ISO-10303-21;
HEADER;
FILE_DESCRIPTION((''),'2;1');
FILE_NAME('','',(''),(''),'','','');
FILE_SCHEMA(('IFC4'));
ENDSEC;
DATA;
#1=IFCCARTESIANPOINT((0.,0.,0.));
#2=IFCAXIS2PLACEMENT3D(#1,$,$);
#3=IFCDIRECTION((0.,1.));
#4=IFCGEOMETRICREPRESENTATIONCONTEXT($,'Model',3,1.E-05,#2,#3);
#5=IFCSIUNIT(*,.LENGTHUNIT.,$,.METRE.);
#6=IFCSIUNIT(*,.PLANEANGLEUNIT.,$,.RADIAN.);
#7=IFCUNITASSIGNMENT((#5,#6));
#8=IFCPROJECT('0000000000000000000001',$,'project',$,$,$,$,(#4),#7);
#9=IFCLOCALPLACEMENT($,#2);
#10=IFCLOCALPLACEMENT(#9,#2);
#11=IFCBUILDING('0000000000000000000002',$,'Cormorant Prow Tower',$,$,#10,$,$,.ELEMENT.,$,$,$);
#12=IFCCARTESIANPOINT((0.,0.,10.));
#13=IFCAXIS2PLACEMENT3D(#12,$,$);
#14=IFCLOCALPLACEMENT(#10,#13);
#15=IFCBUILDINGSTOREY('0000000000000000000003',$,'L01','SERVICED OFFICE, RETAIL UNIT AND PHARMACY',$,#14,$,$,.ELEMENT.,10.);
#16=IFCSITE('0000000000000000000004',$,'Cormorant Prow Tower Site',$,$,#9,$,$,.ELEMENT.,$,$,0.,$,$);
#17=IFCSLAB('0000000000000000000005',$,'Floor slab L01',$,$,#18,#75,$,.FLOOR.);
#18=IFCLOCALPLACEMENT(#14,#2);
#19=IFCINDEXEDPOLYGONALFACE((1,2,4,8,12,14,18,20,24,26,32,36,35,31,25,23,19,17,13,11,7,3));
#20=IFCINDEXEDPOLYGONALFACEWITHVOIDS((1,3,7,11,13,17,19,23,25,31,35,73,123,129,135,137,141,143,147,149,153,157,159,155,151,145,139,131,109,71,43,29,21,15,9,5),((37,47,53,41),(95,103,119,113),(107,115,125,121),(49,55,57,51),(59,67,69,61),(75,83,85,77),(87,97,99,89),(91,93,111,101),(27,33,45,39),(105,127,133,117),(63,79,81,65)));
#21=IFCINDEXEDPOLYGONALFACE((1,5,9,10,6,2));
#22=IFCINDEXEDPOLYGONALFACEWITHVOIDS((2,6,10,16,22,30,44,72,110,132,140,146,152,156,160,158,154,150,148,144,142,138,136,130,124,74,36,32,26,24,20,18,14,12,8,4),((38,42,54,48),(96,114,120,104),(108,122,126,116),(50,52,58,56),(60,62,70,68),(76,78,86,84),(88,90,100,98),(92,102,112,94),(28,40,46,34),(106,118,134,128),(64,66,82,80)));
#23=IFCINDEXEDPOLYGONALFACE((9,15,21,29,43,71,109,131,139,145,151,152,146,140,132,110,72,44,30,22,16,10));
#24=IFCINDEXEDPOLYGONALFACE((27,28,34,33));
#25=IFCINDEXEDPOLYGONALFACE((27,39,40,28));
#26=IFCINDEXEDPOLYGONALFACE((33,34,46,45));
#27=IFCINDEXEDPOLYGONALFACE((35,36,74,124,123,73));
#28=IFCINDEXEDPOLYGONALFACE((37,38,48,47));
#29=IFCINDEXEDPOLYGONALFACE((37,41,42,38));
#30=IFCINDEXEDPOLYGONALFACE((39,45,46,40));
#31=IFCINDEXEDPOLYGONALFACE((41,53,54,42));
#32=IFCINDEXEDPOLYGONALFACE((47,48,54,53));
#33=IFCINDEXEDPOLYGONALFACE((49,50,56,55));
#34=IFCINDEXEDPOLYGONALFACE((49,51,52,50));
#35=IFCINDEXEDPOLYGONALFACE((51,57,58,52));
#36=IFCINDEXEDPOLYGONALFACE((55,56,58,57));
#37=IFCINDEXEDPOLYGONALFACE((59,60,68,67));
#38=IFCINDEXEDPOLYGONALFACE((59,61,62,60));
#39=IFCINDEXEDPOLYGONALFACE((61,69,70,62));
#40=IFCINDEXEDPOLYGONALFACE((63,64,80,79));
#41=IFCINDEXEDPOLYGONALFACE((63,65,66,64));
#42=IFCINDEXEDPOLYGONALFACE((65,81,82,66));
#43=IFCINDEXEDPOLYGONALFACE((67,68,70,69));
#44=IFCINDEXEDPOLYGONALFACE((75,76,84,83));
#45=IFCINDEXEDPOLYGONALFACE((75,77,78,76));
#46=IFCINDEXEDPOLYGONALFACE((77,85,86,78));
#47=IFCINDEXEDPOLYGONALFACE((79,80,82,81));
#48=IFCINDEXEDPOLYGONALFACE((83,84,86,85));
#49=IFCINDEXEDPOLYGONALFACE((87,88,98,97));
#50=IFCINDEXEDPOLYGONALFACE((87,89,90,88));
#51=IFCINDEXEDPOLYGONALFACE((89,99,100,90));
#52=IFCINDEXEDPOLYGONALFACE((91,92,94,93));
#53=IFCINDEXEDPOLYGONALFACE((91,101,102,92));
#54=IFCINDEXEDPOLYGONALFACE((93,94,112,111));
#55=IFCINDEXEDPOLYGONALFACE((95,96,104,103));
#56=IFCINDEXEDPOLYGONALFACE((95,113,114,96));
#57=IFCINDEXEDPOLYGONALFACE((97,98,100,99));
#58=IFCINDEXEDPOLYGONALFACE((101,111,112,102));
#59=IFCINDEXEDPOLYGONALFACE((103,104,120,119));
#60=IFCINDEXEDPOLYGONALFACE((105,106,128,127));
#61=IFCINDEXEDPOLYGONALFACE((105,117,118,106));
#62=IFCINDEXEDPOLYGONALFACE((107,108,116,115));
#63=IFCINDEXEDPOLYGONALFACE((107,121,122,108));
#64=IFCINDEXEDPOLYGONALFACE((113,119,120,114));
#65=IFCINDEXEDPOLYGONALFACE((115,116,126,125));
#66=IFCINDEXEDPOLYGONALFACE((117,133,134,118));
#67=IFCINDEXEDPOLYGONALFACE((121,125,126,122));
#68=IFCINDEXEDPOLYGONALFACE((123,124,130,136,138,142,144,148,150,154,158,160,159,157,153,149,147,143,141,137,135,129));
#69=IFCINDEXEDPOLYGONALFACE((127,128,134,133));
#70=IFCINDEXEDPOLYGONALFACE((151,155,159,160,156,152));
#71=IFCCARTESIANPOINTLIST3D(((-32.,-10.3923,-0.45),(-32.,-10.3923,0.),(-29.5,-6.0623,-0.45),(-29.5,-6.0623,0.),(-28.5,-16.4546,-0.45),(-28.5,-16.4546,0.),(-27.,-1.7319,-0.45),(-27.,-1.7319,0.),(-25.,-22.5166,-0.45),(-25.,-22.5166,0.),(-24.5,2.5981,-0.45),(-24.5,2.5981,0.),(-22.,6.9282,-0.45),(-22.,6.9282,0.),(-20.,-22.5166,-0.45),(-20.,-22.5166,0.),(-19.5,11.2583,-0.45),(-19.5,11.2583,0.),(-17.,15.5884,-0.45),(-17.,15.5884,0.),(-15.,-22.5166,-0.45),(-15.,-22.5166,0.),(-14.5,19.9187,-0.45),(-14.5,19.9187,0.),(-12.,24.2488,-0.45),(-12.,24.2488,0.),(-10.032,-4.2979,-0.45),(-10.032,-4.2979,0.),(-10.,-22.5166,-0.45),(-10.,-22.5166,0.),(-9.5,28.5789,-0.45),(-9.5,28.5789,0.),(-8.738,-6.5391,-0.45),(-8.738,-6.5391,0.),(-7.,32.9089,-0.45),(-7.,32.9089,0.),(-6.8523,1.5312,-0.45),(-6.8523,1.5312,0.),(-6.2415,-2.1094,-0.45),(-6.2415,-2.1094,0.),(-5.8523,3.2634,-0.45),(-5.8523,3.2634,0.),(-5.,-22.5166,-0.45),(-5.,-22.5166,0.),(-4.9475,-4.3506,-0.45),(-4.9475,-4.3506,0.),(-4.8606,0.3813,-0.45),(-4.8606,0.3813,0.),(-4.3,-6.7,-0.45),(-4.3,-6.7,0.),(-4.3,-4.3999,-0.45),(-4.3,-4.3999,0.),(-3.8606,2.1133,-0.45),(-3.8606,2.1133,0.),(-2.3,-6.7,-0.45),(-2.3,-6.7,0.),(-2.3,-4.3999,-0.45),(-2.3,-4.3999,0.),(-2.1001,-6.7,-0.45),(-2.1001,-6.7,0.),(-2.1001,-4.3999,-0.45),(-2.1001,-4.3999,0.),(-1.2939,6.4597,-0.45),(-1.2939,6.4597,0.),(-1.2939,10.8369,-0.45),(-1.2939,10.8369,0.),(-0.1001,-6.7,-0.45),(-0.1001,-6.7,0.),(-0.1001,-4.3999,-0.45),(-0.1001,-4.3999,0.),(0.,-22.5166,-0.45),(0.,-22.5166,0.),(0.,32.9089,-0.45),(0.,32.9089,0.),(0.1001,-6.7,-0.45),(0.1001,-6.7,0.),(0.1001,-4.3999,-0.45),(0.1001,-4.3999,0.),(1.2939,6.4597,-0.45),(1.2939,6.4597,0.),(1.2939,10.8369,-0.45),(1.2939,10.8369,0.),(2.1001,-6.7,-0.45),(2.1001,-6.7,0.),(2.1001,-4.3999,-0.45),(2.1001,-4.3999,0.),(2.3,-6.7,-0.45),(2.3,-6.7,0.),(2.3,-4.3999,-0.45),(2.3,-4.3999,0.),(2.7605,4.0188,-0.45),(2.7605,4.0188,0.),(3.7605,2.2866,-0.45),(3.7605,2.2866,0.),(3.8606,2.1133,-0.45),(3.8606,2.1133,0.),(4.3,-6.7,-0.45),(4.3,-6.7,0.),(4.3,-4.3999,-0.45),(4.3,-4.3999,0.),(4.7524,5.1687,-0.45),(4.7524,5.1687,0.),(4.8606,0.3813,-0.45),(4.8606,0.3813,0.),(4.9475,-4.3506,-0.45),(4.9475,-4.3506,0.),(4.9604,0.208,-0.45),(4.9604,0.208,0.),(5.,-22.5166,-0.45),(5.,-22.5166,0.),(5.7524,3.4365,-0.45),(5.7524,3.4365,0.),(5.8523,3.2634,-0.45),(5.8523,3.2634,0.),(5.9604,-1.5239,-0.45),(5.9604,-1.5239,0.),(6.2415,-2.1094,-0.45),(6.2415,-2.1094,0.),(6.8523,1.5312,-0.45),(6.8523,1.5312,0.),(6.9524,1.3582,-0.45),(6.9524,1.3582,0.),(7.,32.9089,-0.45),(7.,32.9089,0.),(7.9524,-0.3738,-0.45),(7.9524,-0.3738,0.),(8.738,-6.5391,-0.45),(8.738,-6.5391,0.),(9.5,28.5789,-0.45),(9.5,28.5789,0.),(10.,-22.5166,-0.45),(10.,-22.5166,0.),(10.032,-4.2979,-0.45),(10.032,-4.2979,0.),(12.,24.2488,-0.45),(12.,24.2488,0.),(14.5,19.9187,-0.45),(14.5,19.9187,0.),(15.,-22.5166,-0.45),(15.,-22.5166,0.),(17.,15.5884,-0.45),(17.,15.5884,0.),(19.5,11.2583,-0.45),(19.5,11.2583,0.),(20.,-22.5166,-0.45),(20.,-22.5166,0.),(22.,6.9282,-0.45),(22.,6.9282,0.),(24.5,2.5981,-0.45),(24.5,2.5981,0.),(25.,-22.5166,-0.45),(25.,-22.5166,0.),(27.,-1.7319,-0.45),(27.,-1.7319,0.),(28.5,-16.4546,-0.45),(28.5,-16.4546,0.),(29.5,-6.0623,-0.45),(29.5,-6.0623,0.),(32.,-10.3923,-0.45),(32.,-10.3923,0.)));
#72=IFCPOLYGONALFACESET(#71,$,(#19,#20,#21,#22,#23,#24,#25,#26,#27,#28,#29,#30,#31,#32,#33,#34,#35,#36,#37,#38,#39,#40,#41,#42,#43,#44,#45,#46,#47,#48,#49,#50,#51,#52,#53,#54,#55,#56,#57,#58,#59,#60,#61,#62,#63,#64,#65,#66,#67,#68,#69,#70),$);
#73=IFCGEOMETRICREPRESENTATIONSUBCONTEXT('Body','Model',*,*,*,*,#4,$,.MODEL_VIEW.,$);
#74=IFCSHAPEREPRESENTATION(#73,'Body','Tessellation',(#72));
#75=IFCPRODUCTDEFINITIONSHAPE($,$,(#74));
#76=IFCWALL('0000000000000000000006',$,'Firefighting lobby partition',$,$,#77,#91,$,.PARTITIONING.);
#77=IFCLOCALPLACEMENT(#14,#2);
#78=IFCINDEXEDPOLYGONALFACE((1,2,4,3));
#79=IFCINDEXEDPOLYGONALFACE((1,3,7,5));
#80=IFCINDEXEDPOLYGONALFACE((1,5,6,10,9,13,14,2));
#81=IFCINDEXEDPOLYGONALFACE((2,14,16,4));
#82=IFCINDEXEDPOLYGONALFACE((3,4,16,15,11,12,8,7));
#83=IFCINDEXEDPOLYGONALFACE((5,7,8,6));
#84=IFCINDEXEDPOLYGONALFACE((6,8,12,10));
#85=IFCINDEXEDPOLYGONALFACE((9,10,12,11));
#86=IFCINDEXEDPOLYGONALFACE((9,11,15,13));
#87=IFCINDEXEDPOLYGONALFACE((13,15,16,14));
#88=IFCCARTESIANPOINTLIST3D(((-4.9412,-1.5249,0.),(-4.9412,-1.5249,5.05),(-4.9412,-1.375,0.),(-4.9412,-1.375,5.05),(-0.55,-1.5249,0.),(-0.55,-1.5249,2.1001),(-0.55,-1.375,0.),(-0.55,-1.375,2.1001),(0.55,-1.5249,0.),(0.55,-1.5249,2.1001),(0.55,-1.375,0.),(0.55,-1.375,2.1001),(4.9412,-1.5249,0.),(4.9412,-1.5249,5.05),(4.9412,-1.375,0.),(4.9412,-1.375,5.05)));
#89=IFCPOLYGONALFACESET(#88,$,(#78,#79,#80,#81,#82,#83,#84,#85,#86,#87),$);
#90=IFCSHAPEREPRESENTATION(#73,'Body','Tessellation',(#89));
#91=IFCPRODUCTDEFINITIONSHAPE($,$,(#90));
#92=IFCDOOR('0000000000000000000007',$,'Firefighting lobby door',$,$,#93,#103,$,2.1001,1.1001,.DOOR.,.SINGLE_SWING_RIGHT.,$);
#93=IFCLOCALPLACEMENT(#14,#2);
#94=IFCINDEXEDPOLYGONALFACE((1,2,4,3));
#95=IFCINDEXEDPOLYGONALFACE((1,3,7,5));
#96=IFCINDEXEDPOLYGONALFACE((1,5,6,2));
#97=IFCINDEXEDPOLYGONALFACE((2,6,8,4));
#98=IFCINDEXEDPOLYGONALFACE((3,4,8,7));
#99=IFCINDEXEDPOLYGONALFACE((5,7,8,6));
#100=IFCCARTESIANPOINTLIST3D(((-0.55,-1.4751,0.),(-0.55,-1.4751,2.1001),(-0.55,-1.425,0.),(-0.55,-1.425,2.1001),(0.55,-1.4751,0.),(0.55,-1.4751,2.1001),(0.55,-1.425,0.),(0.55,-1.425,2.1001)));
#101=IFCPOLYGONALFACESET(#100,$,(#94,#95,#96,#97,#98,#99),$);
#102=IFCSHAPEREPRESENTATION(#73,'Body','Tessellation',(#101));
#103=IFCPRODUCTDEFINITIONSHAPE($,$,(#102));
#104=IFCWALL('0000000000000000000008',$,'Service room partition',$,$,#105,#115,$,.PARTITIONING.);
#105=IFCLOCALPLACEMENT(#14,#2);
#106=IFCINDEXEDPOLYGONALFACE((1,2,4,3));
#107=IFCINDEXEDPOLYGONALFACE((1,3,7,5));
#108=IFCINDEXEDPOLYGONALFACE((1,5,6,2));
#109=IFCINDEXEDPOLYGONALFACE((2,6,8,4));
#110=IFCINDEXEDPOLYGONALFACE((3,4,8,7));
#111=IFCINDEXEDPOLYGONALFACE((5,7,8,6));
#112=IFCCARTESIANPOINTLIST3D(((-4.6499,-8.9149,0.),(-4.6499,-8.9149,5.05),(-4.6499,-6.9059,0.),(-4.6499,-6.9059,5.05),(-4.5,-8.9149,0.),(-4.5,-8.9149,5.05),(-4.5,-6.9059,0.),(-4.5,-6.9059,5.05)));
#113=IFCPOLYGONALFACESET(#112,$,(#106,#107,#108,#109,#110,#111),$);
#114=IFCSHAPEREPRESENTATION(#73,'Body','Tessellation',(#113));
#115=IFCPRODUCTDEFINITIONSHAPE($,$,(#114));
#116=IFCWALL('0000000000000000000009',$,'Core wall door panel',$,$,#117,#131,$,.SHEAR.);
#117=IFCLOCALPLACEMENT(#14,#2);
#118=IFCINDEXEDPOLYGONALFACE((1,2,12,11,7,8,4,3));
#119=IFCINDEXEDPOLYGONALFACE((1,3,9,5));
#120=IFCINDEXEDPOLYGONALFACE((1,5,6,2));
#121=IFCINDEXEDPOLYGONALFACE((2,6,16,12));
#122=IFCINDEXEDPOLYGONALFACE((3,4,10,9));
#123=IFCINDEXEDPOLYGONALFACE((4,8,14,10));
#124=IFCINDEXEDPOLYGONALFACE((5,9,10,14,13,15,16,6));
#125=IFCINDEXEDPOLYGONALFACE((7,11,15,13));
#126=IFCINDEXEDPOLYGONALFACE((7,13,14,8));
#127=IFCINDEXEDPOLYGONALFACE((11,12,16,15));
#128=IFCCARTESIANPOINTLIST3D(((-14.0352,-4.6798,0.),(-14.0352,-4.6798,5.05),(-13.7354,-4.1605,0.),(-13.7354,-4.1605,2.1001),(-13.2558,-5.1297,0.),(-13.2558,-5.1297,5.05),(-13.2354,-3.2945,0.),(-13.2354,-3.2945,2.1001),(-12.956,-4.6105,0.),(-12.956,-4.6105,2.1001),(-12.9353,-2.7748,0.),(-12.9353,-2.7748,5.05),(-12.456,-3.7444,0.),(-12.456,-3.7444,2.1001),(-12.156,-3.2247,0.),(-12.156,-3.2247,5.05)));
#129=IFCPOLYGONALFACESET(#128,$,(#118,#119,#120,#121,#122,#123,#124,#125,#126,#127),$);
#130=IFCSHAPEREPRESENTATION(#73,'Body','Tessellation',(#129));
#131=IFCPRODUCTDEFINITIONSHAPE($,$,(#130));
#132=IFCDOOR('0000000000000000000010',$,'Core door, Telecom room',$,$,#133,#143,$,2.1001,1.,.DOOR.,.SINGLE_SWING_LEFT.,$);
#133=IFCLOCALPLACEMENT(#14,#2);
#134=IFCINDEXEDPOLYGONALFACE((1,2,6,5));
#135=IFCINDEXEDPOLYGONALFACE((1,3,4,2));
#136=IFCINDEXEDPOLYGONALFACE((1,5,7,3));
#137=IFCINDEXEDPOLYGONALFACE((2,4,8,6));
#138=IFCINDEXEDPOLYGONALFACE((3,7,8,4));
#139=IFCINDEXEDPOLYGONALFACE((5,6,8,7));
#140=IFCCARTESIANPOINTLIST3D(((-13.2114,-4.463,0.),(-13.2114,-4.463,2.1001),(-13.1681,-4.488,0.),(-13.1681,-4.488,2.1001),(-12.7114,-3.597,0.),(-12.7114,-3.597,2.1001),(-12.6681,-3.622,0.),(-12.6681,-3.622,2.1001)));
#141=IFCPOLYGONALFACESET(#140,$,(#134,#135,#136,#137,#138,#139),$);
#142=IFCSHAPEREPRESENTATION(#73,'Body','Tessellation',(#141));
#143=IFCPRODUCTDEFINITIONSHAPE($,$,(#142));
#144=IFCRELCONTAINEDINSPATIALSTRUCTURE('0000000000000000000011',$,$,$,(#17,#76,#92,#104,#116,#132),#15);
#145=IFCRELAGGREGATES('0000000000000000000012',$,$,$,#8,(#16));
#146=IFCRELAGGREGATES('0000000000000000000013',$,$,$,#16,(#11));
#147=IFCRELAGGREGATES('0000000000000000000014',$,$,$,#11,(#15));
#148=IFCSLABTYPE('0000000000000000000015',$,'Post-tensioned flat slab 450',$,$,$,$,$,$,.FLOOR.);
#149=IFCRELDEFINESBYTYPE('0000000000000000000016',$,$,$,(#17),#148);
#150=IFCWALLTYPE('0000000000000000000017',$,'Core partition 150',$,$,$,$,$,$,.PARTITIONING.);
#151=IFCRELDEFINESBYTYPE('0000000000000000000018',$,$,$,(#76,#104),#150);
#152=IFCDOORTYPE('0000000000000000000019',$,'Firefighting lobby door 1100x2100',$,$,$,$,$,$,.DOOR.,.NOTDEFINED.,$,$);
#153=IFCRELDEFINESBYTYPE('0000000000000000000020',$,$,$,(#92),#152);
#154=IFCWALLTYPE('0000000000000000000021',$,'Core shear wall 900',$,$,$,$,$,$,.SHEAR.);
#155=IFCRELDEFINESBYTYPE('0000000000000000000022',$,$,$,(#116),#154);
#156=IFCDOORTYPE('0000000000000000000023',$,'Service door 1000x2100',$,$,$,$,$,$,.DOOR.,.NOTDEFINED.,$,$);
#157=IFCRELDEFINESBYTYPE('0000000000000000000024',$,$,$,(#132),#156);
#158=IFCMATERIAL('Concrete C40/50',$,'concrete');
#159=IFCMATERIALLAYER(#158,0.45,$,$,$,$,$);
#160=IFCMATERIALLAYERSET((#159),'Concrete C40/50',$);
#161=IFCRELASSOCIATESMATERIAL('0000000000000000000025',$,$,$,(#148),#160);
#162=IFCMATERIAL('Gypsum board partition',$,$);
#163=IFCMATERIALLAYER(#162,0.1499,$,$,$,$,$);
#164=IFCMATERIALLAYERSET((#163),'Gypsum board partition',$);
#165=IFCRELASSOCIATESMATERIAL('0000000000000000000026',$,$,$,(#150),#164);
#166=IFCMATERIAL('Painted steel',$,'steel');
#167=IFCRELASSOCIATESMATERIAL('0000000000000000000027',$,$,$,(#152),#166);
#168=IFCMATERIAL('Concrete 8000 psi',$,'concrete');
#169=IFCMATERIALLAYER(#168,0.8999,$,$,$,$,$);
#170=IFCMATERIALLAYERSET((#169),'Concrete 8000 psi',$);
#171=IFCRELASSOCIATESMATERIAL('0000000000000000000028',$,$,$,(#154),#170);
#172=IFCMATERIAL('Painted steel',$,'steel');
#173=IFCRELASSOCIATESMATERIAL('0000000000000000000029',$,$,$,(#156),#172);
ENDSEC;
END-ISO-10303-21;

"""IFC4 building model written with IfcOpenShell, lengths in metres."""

from ifc_helpers import new_model, si_unit, direction, frame, frame_2d, origin, place, context, subcontext, project, spatial, polyline, rectangle, outline, extrude, material, layer, layer_set, type_object, element, fill, save


model = new_model("IFC4")

# Units and contexts
model_context = context("Model", 3, precision=1e-05, world=origin(), true_north=direction((0.0, 1.0)))
body_context = subcontext(model_context, "Body", "Model", "MODEL_VIEW")
ifc_project = project(units=[si_unit("LENGTHUNIT", "METRE"), si_unit("PLANEANGLEUNIT", "RADIAN")], contexts=[model_context])

# Site, building, storey
site_placement = place(None, origin())
site = spatial("IfcSite", under=ifc_project, at=site_placement, Name="Cormorant Prow Tower Site", CompositionType="ELEMENT", RefElevation=0.0)
building_placement = place(site_placement, origin())
building = spatial("IfcBuilding", under=site, at=building_placement, Name="Cormorant Prow Tower", CompositionType="ELEMENT")
storey_placement = place(building_placement, frame((0.0, 0.0, 10.0)))
storey = spatial("IfcBuildingStorey", under=building, at=storey_placement, Name="L01", Description="SERVICED OFFICE, RETAIL UNIT AND PHARMACY", CompositionType="ELEMENT", Elevation=10.0)

# Slab
ifc_material_1 = material(Name="Concrete C40/50", Category="concrete")
ifc_layer_1 = layer(ifc_material_1, 0.45)
ifc_layer_set_1 = layer_set([ifc_layer_1], Name="Concrete C40/50")
slab_type = type_object("IfcSlabType", Name="Post-tensioned flat slab 450", PredefinedType="FLOOR", material=ifc_layer_set_1)
slab_placement = place(storey_placement, frame((0.0, 0.0, -0.45)))
element("IfcSlab", 1, at=slab_placement, inside=storey, type_object=slab_type, Name="Floor slab L01", PredefinedType="FLOOR", context=body_context, shape_type="SweptSolid", body=[
    extrude(outline(polyline([(-9.5, 28.5789), (-12.0, 24.2488), (-14.5, 19.9187), (-17.0, 15.5884), (-19.5, 11.2583), (-22.0, 6.9282), (-24.5, 2.5981), (-27.0, -1.7319), (-29.5, -6.0623), (-32.0, -10.3923), (-28.5, -16.4546), (-25.0, -22.5166), (-20.0, -22.5166), (-15.0, -22.5166), (-10.0, -22.5166), (-5.0, -22.5166), (0.0, -22.5166), (5.0, -22.5166), (10.0, -22.5166), (15.0, -22.5166), (20.0, -22.5166), (25.0, -22.5166), (28.5, -16.4546), (32.0, -10.3923), (29.5, -6.0623), (27.0, -1.7319), (24.5, 2.5981), (22.0, 6.9282), (19.5, 11.2583), (17.0, 15.5884), (14.5, 19.9187), (12.0, 24.2488), (9.5, 28.5789), (7.0, 32.9089), (0.0, 32.9089), (-7.0, 32.9089), (-9.5, 28.5789)]), holes=[polyline([(-4.3, -6.7), (-4.3, -4.3999), (-2.3, -4.3999), (-2.3, -6.7), (-4.3, -6.7)]), polyline([(-2.1001, -4.3999), (-0.1001, -4.3999), (-0.1001, -6.7), (-2.1001, -6.7), (-2.1001, -4.3999)]), polyline([(2.1001, -4.3999), (2.1001, -6.7), (0.1001, -6.7), (0.1001, -4.3999), (2.1001, -4.3999)]), polyline([(4.3, -6.7), (2.3, -6.7), (2.3, -4.3999), (4.3, -4.3999), (4.3, -6.7)]), polyline([(7.9524, -0.3738), (5.9604, -1.5239), (4.9604, 0.208), (6.9524, 1.3582), (7.9524, -0.3738)]), polyline([(4.8606, 0.3813), (3.8606, 2.1133), (5.8523, 3.2634), (6.8523, 1.5312), (4.8606, 0.3813)]), polyline([(2.7605, 4.0188), (4.7524, 5.1687), (5.7524, 3.4365), (3.7605, 2.2866), (2.7605, 4.0188)]), polyline([(-6.8523, 1.5312), (-5.8523, 3.2634), (-3.8606, 2.1133), (-4.8606, 0.3813), (-6.8523, 1.5312)]), polyline([(-4.9475, -4.3506), (-8.738, -6.5391), (-10.032, -4.2979), (-6.2415, -2.1094), (-4.9475, -4.3506)]), polyline([(10.032, -4.2979), (8.738, -6.5391), (4.9475, -4.3506), (6.2415, -2.1094), (10.032, -4.2979)]), polyline([(1.2939, 10.8369), (1.2939, 6.4597), (-1.2939, 6.4597), (-1.2939, 10.8369), (1.2939, 10.8369)])]), origin(), (0.0, 0.0, 1.0), 0.45),
])

# Wall, opening, door
ifc_material_2 = material(Name="Gypsum board partition")
ifc_layer_2 = layer(ifc_material_2, 0.1499)
ifc_layer_set_2 = layer_set([ifc_layer_2], Name="Gypsum board partition")
wall_type_1 = type_object("IfcWallType", Name="Core partition 150", PredefinedType="PARTITIONING", material=ifc_layer_set_2)
wall_1_placement = place(storey_placement, frame((-4.9412, -1.45, 0.0), z_axis=(0.0, 0.0, 1.0), x_axis=(1.0, 0.0, 0.0)))
wall_1 = element("IfcWall", 2, at=wall_1_placement, inside=storey, type_object=wall_type_1, Name="Firefighting lobby partition", PredefinedType="PARTITIONING", context=body_context, shape_type="SweptSolid", body=[
    extrude(rectangle(XDim=9.8823, YDim=0.1499, at=frame_2d((4.9412, 0.0))), origin(), (0.0, 0.0, 1.0), 5.05),
])
opening_1_placement = place(wall_1_placement, frame((4.3911, 0.0, 0.0)))
opening_1 = element("IfcOpeningElement", 3, at=opening_1_placement, cuts=wall_1, PredefinedType="OPENING", context=body_context, shape_type="SweptSolid", body=[
    extrude(rectangle(XDim=1.1001, YDim=2.1001, at=frame_2d((0.55, 1.05))), frame((0.0, 0.085, 0.0), z_axis=(0.0, -1.0, 0.0), x_axis=(1.0, 0.0, 0.0)), (0.0, 0.0, 1.0), 0.1699),
])
ifc_material_3 = material(Name="Painted steel", Category="steel")
door_type_1 = type_object("IfcDoorType", Name="Firefighting lobby door 1100x2100", OperationType="NOTDEFINED", PredefinedType="DOOR", material=ifc_material_3)
door_1_placement = place(opening_1_placement, origin())
door_1 = element("IfcDoor", 4, at=door_1_placement, inside=storey, type_object=door_type_1, Name="Firefighting lobby door", OperationType="SINGLE_SWING_RIGHT", OverallHeight=2.1001, OverallWidth=1.1001, PredefinedType="DOOR", context=body_context, shape_type="SweptSolid", body=[
    extrude(rectangle(XDim=1.1001, YDim=2.1001, at=frame_2d((0.55, 1.05))), frame((0.0, 0.0249, 0.0), z_axis=(0.0, -1.0, 0.0), x_axis=(1.0, 0.0, 0.0)), (0.0, 0.0, 1.0), 0.05),
])
fill(opening_1, door_1)

# Wall
wall_2_placement = place(storey_placement, frame((-4.575, -6.906, 0.0), z_axis=(0.0, 0.0, 1.0), x_axis=(0.0, -1.0, 0.0)))
element("IfcWall", 5, at=wall_2_placement, inside=storey, type_object=wall_type_1, Name="Service room partition", PredefinedType="PARTITIONING", context=body_context, shape_type="SweptSolid", body=[
    extrude(rectangle(XDim=2.009, YDim=0.1499, at=frame_2d((1.0044, 0.0))), origin(), (0.0, 0.0, 1.0), 5.05),
])

# Wall, opening, door
ifc_material_4 = material(Name="Concrete 8000 psi", Category="concrete")
ifc_layer_3 = layer(ifc_material_4, 0.8999)
ifc_layer_set_3 = layer_set([ifc_layer_3], Name="Concrete 8000 psi")
wall_type_2 = type_object("IfcWallType", Name="Core shear wall 900", PredefinedType="SHEAR", material=ifc_layer_set_3)
wall_3_placement = place(storey_placement, frame((-12.5457, -2.9998, 0.0), z_axis=(0.0, 0.0, 1.0), x_axis=(-0.499995, -0.866028, 0.0)))
wall_3 = element("IfcWall", 6, at=wall_3_placement, inside=storey, type_object=wall_type_2, Name="Core wall door panel", PredefinedType="SHEAR", context=body_context, shape_type="SweptSolid", body=[
    extrude(rectangle(XDim=2.1997, YDim=0.8999, at=frame_2d((1.0999, 0.0))), origin(), (0.0, 0.0, 1.0), 5.05),
])
opening_2_placement = place(wall_3_placement, frame((0.6001, 0.0, 0.0)))
opening_2 = element("IfcOpeningElement", 7, at=opening_2_placement, cuts=wall_3, PredefinedType="OPENING", context=body_context, shape_type="SweptSolid", body=[
    extrude(rectangle(XDim=1.0, YDim=2.1001, at=frame_2d((0.5, 1.05))), frame((0.0, 0.46, 0.0), z_axis=(0.0, -1.0, 0.0), x_axis=(1.0, 0.0, 0.0)), (0.0, 0.0, 1.0), 0.9199),
])
ifc_material_5 = material(Name="Painted steel", Category="steel")
door_type_2 = type_object("IfcDoorType", Name="Service door 1000x2100", OperationType="NOTDEFINED", PredefinedType="DOOR", material=ifc_material_5)
door_2_placement = place(opening_2_placement, origin())
door_2 = element("IfcDoor", 8, at=door_2_placement, inside=storey, type_object=door_type_2, Name="Core door, Telecom room", OperationType="SINGLE_SWING_LEFT", OverallHeight=2.1001, OverallWidth=1.0, PredefinedType="DOOR", context=body_context, shape_type="SweptSolid", body=[
    extrude(rectangle(XDim=1.0, YDim=2.1001, at=frame_2d((0.5, 1.05))), frame((0.0, 0.2051, 0.0), z_axis=(0.0, -1.0, 0.0), x_axis=(1.0, 0.0, 0.0)), (0.0, 0.0, 1.0), 0.05),
])
fill(opening_2, door_2)

save(model, "model.ifc")
